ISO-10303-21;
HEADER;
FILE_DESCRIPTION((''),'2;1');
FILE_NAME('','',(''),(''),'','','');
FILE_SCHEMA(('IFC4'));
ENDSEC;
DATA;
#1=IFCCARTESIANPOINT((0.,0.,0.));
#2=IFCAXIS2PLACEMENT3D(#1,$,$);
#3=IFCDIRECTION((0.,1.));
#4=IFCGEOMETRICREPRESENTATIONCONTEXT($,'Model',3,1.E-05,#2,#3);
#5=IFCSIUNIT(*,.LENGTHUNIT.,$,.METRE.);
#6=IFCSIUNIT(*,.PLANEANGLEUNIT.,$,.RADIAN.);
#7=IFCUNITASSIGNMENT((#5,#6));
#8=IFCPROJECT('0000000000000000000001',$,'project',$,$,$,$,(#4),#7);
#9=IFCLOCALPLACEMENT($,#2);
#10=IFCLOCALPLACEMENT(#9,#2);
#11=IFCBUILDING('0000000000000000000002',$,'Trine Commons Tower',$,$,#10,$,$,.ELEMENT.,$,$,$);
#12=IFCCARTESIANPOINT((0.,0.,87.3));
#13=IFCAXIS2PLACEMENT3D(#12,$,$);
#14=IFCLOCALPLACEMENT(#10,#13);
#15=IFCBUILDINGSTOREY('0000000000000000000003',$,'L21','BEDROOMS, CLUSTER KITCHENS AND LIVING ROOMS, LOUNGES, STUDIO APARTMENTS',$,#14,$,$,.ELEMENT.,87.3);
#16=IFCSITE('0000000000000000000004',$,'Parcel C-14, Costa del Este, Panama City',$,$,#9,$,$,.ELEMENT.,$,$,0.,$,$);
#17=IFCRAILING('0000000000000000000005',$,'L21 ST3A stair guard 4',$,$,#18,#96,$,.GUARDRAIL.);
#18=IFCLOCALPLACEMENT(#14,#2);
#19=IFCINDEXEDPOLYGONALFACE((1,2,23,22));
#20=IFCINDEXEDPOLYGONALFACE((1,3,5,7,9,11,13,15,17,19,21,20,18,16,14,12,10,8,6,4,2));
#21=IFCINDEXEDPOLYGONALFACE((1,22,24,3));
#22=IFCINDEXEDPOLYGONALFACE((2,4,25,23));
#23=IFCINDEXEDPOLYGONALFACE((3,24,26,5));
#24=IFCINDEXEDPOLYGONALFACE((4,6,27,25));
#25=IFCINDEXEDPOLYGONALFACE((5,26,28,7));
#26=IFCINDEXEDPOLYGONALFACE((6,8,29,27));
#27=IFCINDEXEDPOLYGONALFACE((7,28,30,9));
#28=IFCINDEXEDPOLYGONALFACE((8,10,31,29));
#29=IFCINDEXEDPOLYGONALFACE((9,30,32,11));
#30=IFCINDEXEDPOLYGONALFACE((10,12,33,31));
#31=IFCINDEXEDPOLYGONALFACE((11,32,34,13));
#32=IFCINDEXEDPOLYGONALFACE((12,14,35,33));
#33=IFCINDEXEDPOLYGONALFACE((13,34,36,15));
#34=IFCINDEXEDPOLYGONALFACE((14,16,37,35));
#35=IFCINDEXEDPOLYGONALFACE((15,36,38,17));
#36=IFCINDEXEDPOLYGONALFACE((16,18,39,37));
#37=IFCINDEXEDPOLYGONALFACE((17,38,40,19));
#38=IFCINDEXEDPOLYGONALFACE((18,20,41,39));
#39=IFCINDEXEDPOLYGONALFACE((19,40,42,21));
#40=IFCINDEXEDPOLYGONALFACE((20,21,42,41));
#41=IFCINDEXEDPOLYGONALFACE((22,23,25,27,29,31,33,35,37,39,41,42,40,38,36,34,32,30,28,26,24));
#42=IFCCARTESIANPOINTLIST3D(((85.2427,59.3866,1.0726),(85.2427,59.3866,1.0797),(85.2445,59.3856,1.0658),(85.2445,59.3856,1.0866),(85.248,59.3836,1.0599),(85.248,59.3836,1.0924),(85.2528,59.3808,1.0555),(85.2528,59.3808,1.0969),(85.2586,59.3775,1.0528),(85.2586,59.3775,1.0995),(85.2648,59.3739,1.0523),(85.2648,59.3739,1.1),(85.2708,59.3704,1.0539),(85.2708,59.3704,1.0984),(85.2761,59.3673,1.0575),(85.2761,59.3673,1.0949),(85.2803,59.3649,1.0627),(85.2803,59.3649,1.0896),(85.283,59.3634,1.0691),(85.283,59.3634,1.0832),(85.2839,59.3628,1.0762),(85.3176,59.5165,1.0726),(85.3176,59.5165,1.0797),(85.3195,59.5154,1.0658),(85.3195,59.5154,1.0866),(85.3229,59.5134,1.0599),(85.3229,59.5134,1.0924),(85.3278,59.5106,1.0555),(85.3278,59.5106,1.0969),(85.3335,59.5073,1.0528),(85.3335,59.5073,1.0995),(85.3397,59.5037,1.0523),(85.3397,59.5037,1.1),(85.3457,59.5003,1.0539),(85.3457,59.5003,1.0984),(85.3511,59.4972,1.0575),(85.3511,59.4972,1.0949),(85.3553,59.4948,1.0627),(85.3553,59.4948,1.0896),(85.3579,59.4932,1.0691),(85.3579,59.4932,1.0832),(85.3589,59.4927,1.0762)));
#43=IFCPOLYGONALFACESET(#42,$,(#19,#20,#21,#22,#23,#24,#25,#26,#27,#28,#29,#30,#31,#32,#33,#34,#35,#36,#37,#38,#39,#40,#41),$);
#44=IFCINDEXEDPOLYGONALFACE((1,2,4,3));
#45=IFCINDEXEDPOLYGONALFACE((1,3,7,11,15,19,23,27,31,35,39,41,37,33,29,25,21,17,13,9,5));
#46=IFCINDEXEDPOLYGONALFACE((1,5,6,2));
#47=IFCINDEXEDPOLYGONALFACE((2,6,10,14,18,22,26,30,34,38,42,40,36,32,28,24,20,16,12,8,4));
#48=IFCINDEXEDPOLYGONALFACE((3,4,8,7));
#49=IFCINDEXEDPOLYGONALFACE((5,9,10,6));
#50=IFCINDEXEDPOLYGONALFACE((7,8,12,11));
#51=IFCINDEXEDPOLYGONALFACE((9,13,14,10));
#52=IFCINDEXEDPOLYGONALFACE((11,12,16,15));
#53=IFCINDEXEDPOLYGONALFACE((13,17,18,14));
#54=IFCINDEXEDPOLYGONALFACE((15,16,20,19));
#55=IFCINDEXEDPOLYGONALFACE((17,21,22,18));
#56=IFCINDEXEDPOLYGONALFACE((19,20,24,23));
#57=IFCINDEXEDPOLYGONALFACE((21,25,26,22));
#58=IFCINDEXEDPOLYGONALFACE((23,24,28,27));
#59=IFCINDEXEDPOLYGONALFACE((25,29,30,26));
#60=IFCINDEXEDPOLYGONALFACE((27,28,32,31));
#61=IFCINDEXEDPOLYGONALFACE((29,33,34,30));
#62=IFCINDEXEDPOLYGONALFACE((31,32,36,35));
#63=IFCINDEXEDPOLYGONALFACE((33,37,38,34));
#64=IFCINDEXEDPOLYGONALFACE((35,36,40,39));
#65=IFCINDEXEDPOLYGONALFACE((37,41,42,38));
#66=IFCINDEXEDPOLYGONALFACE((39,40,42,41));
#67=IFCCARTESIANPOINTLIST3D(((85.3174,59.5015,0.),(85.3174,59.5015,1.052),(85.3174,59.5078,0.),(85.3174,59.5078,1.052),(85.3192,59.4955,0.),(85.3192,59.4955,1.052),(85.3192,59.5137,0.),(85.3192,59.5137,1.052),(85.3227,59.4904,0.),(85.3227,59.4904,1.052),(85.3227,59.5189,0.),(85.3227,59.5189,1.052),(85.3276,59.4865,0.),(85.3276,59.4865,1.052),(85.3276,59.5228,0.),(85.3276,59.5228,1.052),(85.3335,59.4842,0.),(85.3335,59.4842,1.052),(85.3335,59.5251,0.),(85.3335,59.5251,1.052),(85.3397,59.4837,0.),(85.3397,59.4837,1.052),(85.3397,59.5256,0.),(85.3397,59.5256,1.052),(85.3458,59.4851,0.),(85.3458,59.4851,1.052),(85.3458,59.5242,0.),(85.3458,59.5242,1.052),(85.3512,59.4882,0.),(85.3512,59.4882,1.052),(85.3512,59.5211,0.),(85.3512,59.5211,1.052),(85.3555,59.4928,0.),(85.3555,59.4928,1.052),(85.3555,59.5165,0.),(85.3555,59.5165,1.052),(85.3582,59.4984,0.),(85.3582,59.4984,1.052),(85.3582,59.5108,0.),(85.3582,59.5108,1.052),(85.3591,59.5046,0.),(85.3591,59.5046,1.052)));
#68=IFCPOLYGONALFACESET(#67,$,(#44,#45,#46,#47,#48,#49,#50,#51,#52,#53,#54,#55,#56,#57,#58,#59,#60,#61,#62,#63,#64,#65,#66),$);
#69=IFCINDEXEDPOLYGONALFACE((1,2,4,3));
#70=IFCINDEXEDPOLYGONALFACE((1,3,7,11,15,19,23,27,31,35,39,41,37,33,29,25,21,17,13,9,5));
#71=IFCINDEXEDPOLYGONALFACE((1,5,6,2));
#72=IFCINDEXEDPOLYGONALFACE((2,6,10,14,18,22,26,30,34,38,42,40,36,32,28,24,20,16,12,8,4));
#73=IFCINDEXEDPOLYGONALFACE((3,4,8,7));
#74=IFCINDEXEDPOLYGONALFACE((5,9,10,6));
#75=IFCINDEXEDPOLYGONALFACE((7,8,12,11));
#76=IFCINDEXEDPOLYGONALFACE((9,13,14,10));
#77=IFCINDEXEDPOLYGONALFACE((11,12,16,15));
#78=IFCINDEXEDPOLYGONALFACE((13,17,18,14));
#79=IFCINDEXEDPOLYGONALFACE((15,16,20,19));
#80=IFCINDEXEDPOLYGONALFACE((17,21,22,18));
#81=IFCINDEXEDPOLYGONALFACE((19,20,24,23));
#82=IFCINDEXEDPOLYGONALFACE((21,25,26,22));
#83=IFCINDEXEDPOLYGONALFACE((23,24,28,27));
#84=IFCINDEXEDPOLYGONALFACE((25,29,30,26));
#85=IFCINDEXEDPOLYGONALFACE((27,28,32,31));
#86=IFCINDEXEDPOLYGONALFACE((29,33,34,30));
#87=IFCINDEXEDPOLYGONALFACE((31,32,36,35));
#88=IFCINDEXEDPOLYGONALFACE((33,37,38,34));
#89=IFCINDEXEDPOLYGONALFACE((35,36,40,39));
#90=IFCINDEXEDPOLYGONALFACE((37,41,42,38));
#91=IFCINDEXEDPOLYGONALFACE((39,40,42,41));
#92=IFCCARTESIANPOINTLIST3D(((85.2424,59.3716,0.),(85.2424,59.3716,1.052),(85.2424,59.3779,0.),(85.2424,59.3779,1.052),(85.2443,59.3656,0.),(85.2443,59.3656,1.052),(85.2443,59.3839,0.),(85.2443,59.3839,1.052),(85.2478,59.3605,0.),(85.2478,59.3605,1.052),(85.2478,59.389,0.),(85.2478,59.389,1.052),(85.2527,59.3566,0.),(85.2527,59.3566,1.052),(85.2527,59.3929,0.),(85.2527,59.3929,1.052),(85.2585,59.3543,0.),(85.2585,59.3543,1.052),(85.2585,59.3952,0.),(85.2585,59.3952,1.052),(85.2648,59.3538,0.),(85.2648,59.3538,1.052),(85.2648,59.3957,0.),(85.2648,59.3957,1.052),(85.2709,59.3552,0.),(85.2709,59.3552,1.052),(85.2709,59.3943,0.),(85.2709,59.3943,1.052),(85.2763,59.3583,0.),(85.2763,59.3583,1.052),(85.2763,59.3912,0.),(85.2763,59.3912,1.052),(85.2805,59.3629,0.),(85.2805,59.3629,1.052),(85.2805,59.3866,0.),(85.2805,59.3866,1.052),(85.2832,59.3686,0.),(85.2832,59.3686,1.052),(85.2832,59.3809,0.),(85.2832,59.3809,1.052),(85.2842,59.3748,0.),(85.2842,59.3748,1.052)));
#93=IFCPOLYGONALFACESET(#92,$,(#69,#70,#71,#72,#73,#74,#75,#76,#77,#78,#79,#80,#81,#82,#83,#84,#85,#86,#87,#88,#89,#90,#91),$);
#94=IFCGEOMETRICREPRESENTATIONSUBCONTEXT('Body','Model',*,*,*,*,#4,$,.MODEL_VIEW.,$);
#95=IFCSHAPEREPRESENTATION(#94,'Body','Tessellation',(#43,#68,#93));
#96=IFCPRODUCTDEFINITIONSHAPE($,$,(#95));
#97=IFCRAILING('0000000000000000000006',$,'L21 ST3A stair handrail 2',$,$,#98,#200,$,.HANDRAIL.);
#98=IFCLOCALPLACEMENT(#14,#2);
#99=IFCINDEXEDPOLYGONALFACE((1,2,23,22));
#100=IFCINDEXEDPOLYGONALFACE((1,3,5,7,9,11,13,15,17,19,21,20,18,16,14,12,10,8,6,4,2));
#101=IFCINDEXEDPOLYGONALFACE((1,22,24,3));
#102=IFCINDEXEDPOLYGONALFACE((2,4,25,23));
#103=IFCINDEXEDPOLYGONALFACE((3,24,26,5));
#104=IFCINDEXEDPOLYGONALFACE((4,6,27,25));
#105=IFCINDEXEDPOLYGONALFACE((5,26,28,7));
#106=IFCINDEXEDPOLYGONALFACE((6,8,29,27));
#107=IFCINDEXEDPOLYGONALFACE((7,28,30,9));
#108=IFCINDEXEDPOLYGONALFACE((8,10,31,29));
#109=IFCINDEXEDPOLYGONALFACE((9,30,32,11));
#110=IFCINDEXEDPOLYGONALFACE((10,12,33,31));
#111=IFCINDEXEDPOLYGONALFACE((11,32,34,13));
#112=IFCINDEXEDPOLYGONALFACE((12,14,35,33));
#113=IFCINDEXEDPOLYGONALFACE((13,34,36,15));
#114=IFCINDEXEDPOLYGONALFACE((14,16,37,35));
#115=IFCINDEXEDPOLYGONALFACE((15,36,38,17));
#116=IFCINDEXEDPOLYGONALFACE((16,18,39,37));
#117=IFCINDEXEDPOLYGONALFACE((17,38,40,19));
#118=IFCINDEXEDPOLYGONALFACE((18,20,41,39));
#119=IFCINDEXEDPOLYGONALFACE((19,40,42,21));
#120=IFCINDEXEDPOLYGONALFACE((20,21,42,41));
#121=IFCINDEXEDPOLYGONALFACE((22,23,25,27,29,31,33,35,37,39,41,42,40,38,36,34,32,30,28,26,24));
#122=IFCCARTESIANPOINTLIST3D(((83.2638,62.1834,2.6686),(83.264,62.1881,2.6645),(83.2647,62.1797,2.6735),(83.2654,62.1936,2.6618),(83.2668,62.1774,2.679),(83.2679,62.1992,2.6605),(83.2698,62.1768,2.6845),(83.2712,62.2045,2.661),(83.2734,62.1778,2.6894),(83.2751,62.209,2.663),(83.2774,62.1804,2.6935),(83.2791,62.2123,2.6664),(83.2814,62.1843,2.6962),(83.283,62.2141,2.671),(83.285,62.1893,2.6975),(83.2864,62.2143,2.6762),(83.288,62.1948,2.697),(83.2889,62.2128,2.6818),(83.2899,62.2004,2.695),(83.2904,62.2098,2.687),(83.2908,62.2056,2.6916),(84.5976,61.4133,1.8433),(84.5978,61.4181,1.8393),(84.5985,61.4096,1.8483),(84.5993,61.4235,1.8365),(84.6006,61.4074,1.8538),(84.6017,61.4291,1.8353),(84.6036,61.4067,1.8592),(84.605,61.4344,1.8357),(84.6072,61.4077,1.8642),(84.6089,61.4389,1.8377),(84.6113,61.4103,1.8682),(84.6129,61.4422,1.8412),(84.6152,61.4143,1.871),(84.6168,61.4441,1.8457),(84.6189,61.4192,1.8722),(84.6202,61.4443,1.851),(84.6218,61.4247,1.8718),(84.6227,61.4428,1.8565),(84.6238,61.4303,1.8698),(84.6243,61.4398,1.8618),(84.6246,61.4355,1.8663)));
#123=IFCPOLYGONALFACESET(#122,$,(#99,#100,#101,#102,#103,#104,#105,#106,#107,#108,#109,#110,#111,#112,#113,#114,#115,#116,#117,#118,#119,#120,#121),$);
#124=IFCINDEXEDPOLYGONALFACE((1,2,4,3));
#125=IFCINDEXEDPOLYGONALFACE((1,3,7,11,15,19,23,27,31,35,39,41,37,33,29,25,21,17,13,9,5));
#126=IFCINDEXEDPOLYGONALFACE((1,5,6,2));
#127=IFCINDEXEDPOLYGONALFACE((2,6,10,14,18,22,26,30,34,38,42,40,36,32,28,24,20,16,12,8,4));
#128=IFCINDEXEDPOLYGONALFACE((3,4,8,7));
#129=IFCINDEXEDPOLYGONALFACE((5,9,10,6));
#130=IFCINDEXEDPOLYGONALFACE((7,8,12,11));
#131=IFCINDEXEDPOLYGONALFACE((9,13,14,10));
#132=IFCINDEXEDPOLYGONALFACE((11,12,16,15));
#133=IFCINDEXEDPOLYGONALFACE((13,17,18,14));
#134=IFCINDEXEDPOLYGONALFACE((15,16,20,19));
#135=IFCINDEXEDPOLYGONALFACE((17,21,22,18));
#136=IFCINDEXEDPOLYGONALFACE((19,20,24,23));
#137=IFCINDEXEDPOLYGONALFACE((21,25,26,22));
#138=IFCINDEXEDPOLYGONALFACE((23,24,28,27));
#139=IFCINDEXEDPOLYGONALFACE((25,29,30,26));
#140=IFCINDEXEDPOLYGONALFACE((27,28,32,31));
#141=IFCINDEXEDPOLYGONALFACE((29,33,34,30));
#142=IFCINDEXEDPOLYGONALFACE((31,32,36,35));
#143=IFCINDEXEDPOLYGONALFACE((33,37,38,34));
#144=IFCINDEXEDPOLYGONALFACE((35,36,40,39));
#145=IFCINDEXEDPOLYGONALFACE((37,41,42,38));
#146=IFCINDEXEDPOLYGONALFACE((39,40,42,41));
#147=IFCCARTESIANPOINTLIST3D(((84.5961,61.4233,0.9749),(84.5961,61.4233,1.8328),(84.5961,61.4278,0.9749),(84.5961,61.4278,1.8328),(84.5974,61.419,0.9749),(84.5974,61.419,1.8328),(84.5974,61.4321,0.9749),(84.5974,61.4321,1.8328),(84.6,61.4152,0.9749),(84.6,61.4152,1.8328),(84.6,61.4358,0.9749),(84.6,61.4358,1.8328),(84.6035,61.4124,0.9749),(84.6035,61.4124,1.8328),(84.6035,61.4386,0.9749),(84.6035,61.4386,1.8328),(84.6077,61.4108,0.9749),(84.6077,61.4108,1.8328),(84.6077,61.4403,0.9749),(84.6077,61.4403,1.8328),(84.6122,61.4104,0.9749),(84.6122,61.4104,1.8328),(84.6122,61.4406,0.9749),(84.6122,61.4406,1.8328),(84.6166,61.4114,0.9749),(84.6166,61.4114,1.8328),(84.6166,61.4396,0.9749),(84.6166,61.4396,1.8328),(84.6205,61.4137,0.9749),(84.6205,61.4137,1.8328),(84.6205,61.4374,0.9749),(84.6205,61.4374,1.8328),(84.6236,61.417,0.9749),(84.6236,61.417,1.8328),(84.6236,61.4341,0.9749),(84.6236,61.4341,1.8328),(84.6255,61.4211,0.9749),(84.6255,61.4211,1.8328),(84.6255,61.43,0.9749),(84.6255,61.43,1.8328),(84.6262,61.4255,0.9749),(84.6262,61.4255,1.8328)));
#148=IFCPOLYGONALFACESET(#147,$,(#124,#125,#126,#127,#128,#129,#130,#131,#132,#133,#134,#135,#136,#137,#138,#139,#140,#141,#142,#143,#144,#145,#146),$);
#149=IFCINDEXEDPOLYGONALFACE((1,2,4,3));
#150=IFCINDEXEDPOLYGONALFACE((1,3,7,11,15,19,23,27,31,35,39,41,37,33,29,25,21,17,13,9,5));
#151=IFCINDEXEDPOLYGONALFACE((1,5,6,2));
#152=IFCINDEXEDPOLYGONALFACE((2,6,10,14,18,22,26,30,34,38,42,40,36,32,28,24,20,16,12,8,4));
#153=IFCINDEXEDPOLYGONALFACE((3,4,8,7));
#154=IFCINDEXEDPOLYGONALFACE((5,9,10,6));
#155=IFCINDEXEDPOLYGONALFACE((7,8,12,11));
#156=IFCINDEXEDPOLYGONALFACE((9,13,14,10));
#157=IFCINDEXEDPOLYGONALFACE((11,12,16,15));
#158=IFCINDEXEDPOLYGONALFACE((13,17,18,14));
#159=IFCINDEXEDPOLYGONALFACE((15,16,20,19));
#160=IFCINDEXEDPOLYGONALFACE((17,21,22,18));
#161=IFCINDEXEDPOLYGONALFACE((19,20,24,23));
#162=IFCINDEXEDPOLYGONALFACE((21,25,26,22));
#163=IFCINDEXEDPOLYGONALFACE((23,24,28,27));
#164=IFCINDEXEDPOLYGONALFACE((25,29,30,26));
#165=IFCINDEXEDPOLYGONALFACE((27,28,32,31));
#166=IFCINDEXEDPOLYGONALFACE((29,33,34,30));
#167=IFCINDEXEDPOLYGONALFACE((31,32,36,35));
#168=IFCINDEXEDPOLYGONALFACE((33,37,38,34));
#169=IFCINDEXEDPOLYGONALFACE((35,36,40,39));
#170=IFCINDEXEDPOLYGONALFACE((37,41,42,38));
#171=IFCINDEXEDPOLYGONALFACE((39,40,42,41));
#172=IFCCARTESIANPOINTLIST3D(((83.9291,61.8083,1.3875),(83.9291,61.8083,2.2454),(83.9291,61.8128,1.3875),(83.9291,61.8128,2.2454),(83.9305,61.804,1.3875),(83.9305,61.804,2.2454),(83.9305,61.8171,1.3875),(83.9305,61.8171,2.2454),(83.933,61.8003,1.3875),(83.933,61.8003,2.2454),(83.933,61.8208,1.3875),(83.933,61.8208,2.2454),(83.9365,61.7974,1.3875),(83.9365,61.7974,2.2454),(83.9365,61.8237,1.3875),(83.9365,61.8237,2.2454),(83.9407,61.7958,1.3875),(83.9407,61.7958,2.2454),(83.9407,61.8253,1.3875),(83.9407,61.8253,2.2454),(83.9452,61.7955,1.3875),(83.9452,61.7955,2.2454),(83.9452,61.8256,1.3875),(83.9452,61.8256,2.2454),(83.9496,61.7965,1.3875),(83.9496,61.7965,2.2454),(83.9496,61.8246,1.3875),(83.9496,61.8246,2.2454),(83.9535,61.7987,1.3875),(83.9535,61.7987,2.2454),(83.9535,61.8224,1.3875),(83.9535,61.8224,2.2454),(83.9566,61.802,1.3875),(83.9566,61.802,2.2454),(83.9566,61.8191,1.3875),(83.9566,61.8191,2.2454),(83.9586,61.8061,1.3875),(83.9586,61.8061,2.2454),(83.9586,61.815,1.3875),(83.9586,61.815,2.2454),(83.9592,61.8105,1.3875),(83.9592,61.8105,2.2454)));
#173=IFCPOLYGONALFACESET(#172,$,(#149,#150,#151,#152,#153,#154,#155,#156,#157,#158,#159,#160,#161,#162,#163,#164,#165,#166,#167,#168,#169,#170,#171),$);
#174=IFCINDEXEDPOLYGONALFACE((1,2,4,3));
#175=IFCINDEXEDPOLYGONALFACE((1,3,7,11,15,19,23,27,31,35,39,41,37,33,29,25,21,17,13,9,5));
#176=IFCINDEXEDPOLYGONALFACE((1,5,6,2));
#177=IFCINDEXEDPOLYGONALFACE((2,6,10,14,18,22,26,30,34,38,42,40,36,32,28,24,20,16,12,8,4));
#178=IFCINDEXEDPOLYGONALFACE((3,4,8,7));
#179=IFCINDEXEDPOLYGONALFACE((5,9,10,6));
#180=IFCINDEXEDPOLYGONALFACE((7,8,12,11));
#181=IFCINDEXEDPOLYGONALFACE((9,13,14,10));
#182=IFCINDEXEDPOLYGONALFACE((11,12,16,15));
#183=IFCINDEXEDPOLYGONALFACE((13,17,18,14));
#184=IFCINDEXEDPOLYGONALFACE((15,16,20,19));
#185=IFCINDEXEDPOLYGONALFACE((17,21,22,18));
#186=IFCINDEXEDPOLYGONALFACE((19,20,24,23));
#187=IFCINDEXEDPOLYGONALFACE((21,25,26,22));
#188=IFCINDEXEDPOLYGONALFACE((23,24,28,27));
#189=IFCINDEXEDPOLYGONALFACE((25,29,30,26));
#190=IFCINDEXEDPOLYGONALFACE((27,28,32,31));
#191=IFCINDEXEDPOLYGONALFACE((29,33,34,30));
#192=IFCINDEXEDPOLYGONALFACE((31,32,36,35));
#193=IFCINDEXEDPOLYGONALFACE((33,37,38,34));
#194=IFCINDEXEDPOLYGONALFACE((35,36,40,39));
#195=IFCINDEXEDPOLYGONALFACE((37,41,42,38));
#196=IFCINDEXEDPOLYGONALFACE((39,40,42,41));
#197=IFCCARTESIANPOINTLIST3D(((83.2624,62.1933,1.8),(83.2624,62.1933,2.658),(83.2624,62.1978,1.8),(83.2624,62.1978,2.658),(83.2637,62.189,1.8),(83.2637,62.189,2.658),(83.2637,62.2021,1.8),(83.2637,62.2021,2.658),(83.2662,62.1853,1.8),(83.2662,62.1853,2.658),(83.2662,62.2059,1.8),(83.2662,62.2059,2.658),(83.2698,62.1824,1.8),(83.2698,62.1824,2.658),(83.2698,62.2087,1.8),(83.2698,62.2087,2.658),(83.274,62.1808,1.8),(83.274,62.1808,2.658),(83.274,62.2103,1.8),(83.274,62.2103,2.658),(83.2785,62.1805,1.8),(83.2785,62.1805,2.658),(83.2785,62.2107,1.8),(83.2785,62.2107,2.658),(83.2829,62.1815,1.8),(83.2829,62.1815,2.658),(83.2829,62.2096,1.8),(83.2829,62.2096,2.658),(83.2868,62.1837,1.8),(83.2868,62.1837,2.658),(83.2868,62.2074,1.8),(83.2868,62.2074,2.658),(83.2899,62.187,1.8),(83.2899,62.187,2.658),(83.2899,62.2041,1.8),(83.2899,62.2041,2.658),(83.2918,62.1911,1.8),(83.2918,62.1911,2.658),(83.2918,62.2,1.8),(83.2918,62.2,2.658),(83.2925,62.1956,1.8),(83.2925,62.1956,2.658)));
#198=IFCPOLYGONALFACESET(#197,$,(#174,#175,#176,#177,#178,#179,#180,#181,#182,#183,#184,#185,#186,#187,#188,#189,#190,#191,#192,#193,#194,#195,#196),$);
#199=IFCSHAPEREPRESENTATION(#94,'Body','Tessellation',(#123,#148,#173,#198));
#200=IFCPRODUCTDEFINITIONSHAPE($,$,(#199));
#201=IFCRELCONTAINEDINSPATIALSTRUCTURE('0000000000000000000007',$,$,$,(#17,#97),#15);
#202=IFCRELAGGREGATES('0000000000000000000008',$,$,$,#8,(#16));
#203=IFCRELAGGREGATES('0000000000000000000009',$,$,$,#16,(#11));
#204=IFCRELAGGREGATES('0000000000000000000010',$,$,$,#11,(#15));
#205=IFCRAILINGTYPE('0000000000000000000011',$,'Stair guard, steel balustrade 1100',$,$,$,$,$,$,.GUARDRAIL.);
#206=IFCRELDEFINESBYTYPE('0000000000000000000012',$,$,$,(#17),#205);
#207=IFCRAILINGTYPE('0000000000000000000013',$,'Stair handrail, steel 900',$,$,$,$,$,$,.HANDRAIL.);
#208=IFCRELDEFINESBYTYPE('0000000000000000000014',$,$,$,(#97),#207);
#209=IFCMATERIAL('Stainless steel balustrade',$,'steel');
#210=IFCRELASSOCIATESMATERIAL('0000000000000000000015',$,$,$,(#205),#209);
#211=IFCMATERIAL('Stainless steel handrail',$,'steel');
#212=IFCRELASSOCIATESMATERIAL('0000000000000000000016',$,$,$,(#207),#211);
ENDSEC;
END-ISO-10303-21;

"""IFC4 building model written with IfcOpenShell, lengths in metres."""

from ifc_helpers import new_model, si_unit, direction, frame, origin, origin_2d, place, context, subcontext, project, spatial, circle, extrude, material, type_object, element, save


model = new_model("IFC4")

# Units and contexts
model_context = context("Model", 3, precision=1e-05, world=origin(), true_north=direction((0.0, 1.0)))
body_context = subcontext(model_context, "Body", "Model", "MODEL_VIEW")
ifc_project = project(units=[si_unit("LENGTHUNIT", "METRE"), si_unit("PLANEANGLEUNIT", "RADIAN")], contexts=[model_context])

# Site, building, storey
site_placement = place(None, origin())
site = spatial("IfcSite", under=ifc_project, at=site_placement, Name="Parcel C-14, Costa del Este, Panama City", CompositionType="ELEMENT", RefElevation=0.0)
building_placement = place(site_placement, origin())
building = spatial("IfcBuilding", under=site, at=building_placement, Name="Trine Commons Tower", CompositionType="ELEMENT")
storey_placement = place(building_placement, frame((0.0, 0.0, 87.3)))
storey = spatial("IfcBuildingStorey", under=building, at=storey_placement, Name="L21", Description="BEDROOMS, CLUSTER KITCHENS AND LIVING ROOMS, LOUNGES, STUDIO APARTMENTS", CompositionType="ELEMENT", Elevation=87.3)

# Railings
ifc_material_1 = material(Name="Stainless steel balustrade", Category="steel")
railing_type_1 = type_object("IfcRailingType", Name="Stair guard, steel balustrade 1100", PredefinedType="GUARDRAIL", material=ifc_material_1)
railing_1_placement = place(storey_placement, frame((85.3381, 59.5046, 0.0)))
element("IfcRailing", 1, at=railing_1_placement, inside=storey, type_object=railing_type_1, Name="L21 ST3A stair guard 4", PredefinedType="GUARDRAIL", context=body_context, shape_type="SweptSolid", body=[
    extrude(circle(Radius=0.0239, at=origin_2d()), frame((0.0, 0.0, 1.0762), z_axis=(-0.499816, -0.866131, 0.0), x_axis=(0.866131, -0.499816, 0.0)), (0.0, 0.0, 1.0), 0.1499),
    extrude(circle(Radius=0.021, at=origin_2d()), origin(), (0.0, 0.0, 1.0), 1.052),
    extrude(circle(Radius=0.021, at=origin_2d()), frame((-0.075, -0.1299, 0.0)), (0.0, 0.0, 1.0), 1.052),
])
ifc_material_2 = material(Name="Stainless steel handrail", Category="steel")
railing_type_2 = type_object("IfcRailingType", Name="Stair handrail, steel 900", PredefinedType="HANDRAIL", material=ifc_material_2)
railing_2_placement = place(storey_placement, frame((84.6111, 61.4255, 0.9749)))
element("IfcRailing", 2, at=railing_2_placement, inside=storey, type_object=railing_type_2, Name="L21 ST3A stair handrail 2", PredefinedType="HANDRAIL", context=body_context, shape_type="SweptSolid", body=[
    extrude(circle(Radius=0.021, at=origin_2d()), frame((0.0, 0.0, 0.8789), z_axis=(-0.763355, 0.440714, 0.472293), x_axis=(-0.499992, -0.86603, 0.0)), (0.0, 0.0, 1.0), 1.7473),
    extrude(circle(Radius=0.0151, at=origin_2d()), origin(), (0.0, 0.0, 1.0), 0.8579),
    extrude(circle(Radius=0.0151, at=origin_2d()), frame((-0.667, 0.385, 0.4126)), (0.0, 0.0, 1.0), 0.8579),
    extrude(circle(Radius=0.0151, at=origin_2d()), frame((-1.3337, 0.77, 0.8252)), (0.0, 0.0, 1.0), 0.8579),
])

save(model, "model.ifc")
